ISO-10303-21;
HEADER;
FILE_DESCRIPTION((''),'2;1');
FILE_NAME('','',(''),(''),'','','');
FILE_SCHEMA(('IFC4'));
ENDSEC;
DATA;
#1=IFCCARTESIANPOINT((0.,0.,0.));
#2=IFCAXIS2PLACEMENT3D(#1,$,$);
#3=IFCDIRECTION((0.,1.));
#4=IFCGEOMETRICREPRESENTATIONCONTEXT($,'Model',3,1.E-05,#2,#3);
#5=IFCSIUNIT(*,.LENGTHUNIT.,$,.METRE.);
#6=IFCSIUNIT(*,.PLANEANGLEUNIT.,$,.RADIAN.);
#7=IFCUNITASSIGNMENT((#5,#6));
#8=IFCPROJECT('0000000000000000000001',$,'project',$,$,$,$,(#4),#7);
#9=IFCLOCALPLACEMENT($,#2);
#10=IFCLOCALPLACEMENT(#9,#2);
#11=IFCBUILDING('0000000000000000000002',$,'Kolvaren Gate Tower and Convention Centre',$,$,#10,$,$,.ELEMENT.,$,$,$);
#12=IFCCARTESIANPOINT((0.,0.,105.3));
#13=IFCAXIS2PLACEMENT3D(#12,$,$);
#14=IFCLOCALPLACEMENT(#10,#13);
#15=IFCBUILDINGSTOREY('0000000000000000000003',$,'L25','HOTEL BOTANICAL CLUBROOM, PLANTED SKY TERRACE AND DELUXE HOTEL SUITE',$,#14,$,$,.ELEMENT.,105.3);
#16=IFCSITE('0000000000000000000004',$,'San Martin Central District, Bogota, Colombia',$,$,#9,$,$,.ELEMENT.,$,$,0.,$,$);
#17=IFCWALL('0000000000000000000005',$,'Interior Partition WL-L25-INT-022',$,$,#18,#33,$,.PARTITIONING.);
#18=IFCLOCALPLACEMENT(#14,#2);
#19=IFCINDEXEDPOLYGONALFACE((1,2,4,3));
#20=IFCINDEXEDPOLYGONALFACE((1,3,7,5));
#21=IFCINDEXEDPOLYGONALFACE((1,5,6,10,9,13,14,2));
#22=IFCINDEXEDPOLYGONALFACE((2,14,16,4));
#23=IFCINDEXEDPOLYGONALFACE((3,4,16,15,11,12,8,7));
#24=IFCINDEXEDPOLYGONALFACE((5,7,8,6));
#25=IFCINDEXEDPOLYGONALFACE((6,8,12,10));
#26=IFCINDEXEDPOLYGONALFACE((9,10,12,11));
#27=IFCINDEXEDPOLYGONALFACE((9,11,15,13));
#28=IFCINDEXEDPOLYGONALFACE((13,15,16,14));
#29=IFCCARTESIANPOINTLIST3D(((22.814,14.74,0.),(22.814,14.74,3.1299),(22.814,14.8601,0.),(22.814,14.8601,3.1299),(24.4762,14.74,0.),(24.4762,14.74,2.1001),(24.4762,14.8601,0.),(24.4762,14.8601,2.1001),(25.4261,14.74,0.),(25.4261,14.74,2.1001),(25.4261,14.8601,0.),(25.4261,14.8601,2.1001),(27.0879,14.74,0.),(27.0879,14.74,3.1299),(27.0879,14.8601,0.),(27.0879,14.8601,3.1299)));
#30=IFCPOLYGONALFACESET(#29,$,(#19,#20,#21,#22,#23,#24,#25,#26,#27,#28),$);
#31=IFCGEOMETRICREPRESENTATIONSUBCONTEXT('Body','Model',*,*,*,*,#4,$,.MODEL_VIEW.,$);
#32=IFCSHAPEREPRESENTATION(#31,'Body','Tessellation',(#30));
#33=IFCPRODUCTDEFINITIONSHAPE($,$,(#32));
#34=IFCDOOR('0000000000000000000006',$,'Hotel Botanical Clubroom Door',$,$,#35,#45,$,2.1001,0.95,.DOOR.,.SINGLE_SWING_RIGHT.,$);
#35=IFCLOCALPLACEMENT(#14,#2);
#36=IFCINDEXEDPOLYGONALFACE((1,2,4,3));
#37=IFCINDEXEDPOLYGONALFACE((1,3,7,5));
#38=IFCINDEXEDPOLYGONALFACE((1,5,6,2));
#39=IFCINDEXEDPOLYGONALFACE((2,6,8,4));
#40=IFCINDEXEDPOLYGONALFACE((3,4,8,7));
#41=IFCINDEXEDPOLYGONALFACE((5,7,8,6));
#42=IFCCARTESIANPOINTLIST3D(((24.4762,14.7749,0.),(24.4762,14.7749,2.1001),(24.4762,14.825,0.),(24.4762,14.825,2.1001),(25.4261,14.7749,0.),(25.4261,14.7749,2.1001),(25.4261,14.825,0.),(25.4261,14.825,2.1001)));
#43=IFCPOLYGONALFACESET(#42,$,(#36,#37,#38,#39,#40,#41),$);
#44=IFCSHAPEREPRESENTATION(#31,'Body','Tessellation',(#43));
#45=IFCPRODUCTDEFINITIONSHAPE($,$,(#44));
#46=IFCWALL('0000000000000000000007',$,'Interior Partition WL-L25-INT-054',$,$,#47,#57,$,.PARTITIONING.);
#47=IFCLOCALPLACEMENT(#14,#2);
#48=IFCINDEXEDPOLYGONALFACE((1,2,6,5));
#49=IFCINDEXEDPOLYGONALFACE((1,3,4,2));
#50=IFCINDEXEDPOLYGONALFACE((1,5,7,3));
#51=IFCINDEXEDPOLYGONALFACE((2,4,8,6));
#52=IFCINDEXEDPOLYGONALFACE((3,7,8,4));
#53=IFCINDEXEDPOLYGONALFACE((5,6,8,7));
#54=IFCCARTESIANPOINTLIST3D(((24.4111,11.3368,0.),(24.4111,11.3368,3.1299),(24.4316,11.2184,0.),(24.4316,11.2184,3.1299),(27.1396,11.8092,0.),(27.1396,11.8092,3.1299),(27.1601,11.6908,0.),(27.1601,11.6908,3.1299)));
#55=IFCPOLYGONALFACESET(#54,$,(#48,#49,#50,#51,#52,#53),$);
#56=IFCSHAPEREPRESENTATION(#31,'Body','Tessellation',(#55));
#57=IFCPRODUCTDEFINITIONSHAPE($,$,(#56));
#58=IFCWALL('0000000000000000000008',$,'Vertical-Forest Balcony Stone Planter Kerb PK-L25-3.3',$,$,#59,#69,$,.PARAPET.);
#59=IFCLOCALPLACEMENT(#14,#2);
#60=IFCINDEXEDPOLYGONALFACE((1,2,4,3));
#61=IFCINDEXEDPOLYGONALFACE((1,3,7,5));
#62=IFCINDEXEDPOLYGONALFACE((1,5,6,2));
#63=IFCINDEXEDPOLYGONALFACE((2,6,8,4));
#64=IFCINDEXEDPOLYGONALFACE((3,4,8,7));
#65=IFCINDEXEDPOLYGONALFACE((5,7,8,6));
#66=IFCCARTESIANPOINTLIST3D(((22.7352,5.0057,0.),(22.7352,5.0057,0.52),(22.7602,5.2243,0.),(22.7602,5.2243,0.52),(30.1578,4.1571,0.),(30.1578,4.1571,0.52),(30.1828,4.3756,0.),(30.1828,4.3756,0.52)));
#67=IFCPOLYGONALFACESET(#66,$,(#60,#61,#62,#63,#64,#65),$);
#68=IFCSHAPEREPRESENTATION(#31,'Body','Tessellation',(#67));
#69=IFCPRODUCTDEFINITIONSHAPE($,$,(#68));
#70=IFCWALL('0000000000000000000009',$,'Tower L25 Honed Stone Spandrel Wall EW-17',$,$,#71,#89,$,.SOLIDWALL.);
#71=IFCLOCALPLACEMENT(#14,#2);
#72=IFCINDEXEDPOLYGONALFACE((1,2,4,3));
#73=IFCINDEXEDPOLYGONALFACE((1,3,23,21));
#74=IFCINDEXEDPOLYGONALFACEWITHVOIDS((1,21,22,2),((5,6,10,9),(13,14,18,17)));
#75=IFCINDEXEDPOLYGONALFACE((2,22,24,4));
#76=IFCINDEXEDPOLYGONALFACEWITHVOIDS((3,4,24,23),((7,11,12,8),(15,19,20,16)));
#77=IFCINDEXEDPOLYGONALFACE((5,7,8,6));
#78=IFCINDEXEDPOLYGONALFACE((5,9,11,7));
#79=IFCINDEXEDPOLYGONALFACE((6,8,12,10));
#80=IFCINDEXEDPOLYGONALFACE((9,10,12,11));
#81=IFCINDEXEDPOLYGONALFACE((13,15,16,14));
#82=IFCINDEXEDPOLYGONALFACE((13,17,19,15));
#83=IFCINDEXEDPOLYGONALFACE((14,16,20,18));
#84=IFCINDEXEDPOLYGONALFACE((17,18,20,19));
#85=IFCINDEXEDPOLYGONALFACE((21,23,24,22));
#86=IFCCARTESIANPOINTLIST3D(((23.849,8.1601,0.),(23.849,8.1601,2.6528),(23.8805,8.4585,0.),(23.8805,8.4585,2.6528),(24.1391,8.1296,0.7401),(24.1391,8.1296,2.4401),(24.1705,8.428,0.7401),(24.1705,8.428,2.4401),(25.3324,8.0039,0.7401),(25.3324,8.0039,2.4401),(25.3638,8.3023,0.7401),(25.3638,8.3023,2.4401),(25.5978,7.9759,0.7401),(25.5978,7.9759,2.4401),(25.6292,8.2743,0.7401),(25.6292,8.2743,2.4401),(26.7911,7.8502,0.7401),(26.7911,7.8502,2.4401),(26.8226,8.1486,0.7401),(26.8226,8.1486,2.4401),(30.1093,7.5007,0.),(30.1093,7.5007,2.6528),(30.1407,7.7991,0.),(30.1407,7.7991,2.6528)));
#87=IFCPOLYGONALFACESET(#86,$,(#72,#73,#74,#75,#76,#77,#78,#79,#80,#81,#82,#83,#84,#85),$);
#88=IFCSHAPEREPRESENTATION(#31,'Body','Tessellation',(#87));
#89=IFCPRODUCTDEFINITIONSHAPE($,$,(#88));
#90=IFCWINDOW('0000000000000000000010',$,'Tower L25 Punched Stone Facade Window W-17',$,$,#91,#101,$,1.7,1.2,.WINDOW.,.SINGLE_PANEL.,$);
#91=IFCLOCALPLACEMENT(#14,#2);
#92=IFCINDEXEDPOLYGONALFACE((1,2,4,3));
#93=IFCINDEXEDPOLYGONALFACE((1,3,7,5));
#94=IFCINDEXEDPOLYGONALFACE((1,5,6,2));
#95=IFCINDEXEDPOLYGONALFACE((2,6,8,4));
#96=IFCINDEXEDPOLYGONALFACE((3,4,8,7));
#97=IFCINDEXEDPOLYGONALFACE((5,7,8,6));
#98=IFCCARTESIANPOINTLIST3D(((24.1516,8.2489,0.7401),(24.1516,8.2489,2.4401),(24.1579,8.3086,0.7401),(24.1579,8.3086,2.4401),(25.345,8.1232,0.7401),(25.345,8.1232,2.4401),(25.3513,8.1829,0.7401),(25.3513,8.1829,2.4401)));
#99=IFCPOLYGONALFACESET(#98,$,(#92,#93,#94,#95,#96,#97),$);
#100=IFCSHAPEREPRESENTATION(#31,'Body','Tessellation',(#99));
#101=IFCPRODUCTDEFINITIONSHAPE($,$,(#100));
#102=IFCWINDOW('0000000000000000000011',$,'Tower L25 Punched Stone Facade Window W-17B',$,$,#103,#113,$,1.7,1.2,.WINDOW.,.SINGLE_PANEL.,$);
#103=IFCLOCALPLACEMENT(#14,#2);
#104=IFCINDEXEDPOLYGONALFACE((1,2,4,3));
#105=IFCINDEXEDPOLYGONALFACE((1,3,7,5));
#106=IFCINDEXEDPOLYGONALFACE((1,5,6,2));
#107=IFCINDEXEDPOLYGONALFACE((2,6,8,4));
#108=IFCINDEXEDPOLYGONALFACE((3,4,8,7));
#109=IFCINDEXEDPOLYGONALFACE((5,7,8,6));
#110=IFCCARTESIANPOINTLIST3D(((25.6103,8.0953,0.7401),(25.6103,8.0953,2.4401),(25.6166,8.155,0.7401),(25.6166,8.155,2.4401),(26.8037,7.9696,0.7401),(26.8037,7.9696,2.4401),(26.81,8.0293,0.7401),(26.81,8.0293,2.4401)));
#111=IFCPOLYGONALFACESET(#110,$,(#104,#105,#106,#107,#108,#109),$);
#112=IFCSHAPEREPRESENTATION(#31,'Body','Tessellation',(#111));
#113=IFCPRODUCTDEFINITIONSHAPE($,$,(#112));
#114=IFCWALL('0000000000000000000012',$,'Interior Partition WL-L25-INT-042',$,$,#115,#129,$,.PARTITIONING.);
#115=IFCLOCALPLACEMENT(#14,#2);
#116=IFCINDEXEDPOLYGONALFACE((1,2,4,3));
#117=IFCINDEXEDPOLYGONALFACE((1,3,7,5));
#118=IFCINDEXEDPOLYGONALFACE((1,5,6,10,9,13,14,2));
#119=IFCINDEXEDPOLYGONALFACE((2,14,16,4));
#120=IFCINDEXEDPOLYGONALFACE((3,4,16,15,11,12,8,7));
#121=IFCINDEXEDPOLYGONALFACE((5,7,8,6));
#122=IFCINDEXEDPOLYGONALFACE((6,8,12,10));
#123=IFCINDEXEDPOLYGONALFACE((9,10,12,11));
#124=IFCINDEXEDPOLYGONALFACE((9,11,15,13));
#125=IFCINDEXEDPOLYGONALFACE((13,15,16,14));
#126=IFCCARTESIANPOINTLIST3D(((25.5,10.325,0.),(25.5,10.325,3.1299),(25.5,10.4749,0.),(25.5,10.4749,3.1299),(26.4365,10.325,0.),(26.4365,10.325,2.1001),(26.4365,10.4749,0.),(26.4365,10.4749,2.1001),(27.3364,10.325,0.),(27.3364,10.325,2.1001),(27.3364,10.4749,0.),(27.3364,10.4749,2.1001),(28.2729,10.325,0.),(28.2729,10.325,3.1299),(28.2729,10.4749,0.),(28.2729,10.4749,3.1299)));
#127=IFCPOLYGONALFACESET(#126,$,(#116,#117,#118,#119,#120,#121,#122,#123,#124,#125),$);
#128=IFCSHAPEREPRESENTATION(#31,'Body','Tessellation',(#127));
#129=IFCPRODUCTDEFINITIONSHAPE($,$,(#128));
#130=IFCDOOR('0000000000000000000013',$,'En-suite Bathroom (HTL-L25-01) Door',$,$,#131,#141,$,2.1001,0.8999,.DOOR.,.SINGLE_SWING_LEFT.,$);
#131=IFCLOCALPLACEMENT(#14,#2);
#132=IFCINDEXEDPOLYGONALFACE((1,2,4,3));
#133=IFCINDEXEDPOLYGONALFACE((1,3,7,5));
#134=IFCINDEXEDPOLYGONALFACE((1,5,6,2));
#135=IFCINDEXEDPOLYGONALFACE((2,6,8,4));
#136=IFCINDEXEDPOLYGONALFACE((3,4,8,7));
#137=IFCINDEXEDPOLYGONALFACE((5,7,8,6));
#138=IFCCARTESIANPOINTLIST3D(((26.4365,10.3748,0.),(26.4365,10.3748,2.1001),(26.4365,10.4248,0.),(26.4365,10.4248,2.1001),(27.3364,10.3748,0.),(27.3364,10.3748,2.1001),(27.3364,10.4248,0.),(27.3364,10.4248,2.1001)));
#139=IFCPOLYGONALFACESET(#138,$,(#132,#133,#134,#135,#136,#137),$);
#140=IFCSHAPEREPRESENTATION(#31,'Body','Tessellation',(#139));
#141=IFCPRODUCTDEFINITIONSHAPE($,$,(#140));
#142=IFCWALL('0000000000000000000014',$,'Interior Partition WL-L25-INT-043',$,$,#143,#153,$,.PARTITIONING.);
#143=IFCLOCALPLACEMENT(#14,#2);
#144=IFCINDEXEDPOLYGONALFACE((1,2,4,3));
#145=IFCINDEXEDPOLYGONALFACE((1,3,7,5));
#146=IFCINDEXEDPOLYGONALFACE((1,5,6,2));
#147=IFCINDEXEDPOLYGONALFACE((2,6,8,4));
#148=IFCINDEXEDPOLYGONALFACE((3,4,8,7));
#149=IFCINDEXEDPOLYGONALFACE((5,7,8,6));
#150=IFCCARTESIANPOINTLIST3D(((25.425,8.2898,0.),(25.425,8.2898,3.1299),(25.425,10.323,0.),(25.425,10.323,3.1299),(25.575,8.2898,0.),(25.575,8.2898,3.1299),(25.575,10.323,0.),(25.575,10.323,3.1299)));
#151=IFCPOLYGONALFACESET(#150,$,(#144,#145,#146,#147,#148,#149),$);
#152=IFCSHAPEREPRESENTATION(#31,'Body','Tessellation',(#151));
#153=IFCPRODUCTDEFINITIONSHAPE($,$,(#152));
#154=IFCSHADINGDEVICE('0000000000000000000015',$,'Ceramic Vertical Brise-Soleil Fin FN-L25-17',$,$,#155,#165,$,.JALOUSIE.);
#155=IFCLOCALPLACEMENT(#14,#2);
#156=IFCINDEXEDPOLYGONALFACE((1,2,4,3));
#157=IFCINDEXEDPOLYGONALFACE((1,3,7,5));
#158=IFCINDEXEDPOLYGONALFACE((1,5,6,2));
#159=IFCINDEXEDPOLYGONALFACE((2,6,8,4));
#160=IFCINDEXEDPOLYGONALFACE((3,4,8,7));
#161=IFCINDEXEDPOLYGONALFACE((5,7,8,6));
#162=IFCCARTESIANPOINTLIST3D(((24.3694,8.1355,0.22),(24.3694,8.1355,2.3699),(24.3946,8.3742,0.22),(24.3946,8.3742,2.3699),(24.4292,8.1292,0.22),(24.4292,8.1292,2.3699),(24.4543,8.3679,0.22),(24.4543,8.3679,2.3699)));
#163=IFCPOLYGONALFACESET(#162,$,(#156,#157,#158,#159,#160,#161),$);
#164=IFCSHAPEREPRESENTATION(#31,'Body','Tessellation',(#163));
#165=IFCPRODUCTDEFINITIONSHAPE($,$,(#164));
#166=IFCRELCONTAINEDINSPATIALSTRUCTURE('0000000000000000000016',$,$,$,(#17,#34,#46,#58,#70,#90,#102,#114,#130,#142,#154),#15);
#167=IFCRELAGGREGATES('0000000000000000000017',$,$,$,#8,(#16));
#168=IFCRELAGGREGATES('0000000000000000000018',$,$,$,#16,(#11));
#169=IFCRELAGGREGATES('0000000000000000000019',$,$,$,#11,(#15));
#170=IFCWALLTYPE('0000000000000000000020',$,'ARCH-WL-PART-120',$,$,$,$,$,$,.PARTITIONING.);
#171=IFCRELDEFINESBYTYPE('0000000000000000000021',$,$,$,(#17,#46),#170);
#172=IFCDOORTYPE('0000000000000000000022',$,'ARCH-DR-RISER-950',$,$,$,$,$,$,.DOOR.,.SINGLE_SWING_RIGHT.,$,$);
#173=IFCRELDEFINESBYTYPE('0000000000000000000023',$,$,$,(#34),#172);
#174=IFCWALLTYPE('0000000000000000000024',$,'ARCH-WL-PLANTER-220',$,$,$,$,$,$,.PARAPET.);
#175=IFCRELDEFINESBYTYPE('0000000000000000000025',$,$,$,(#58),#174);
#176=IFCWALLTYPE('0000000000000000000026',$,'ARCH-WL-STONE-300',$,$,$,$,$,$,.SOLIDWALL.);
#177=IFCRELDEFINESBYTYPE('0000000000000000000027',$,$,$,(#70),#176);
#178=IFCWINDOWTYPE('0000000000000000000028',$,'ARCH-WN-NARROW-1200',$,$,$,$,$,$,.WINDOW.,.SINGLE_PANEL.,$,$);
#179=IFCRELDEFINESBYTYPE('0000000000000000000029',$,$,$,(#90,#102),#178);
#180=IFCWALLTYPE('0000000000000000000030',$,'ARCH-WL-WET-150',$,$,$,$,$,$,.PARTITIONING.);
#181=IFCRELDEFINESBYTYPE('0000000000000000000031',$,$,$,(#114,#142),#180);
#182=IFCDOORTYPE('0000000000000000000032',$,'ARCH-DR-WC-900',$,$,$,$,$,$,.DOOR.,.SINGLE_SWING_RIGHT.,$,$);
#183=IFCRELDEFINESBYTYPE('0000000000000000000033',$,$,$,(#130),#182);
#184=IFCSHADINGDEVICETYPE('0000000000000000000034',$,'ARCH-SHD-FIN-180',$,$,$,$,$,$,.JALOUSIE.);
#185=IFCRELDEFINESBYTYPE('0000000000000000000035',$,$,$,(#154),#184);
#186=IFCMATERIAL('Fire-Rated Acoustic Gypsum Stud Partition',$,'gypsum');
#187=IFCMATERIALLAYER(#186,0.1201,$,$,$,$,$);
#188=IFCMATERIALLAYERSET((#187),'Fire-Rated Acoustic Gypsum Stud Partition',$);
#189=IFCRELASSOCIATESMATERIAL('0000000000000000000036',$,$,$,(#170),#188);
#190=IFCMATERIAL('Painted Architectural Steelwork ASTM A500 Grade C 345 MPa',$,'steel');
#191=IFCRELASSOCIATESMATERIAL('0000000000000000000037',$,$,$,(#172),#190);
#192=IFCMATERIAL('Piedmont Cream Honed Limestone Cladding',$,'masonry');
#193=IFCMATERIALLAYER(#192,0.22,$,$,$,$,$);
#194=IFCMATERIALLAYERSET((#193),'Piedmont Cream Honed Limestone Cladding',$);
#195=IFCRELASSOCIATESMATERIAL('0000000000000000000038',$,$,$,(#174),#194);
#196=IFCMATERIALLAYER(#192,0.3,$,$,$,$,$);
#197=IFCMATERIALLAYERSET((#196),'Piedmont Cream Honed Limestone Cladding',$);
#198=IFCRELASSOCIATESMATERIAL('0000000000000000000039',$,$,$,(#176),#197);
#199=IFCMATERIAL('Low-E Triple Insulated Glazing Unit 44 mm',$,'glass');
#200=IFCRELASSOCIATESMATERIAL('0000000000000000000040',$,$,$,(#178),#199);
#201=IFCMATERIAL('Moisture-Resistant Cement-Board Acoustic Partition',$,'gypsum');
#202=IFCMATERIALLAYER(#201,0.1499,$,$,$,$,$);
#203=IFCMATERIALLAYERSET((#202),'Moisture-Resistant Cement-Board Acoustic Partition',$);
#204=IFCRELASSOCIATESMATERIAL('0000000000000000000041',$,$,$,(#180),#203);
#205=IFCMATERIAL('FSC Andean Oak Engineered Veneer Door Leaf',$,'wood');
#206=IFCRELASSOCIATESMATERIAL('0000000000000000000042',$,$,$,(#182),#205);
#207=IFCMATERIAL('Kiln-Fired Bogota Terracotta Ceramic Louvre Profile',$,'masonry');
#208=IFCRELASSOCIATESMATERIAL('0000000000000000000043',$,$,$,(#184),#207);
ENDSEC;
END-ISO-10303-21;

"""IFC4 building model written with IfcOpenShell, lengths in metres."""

from ifc_helpers import new_model, si_unit, direction, frame, frame_2d, origin, origin_2d, place, context, subcontext, project, spatial, rectangle, extrude, material, layer, layer_set, type_object, element, fill, save


model = new_model("IFC4")

# Units and contexts
model_context = context("Model", 3, precision=1e-05, world=origin(), true_north=direction((0.0, 1.0)))
body_context = subcontext(model_context, "Body", "Model", "MODEL_VIEW")
ifc_project = project(units=[si_unit("LENGTHUNIT", "METRE"), si_unit("PLANEANGLEUNIT", "RADIAN")], contexts=[model_context])

# Site, building, storey
site_placement = place(None, origin())
site = spatial("IfcSite", under=ifc_project, at=site_placement, Name="San Martin Central District, Bogota, Colombia", CompositionType="ELEMENT", RefElevation=0.0)
building_placement = place(site_placement, origin())
building = spatial("IfcBuilding", under=site, at=building_placement, Name="Kolvaren Gate Tower and Convention Centre", CompositionType="ELEMENT")
storey_placement = place(building_placement, frame((0.0, 0.0, 105.3)))
storey = spatial("IfcBuildingStorey", under=building, at=storey_placement, Name="L25", Description="HOTEL BOTANICAL CLUBROOM, PLANTED SKY TERRACE AND DELUXE HOTEL SUITE", CompositionType="ELEMENT", Elevation=105.3)

# Shared definitions
ifc_material_1 = material(Name="Fire-Rated Acoustic Gypsum Stud Partition", Category="gypsum")
ifc_layer_1 = layer(ifc_material_1, 0.1201)
ifc_layer_set_1 = layer_set([ifc_layer_1], Name="Fire-Rated Acoustic Gypsum Stud Partition")
wall_type_1 = type_object("IfcWallType", Name="ARCH-WL-PART-120", PredefinedType="PARTITIONING", material=ifc_layer_set_1)

# Shared definitions
ifc_material_2 = material(Name="Painted Architectural Steelwork ASTM A500 Grade C 345 MPa", Category="steel")
door_type_1 = type_object("IfcDoorType", Name="ARCH-DR-RISER-950", OperationType="SINGLE_SWING_RIGHT", PredefinedType="DOOR", material=ifc_material_2)

# Wall, opening, door
wall_1_placement = place(storey_placement, frame((22.814, 14.8, 0.0), z_axis=(0.0, 0.0, 1.0), x_axis=(1.0, 0.0, 0.0)))
wall_1 = element("IfcWall", 1, at=wall_1_placement, inside=storey, type_object=wall_type_1, Name="Interior Partition WL-L25-INT-022", PredefinedType="PARTITIONING", context=body_context, shape_type="SweptSolid", body=[
    extrude(rectangle(XDim=4.2739, YDim=0.1201, at=frame_2d((2.137, 0.0))), origin(), (0.0, 0.0, 1.0), 3.1299),
])
opening_1_placement = place(wall_1_placement, frame((1.6621, 0.0, 0.0)))
opening_1 = element("IfcOpeningElement", 2, at=opening_1_placement, cuts=wall_1, PredefinedType="OPENING", context=body_context, shape_type="SweptSolid", body=[
    extrude(rectangle(XDim=0.95, YDim=2.1001, at=frame_2d((0.4751, 1.05))), frame((0.0, 0.0701, 0.0), z_axis=(0.0, -1.0, 0.0), x_axis=(1.0, 0.0, 0.0)), (0.0, 0.0, 1.0), 0.1401),
])
door_1_placement = place(opening_1_placement, origin())
door_1 = element("IfcDoor", 3, at=door_1_placement, inside=storey, type_object=door_type_1, Name="Hotel Botanical Clubroom Door", OperationType="SINGLE_SWING_RIGHT", OverallHeight=2.1001, OverallWidth=0.95, PredefinedType="DOOR", context=body_context, shape_type="SweptSolid", body=[
    extrude(rectangle(XDim=0.95, YDim=2.1001, at=frame_2d((0.4751, 1.05))), frame((0.0, 0.0249, 0.0), z_axis=(0.0, -1.0, 0.0), x_axis=(1.0, 0.0, 0.0)), (0.0, 0.0, 1.0), 0.05),
])
fill(opening_1, door_1)

# Walls
wall_2_placement = place(storey_placement, frame((24.4214, 11.2776, 0.0), z_axis=(0.0, 0.0, 1.0), x_axis=(0.98534, 0.170601, 0.0)))
element("IfcWall", 4, at=wall_2_placement, inside=storey, type_object=wall_type_1, Name="Interior Partition WL-L25-INT-054", PredefinedType="PARTITIONING", context=body_context, shape_type="SweptSolid", body=[
    extrude(rectangle(XDim=2.769, YDim=0.1201, at=frame_2d((1.3845, 0.0))), origin(), (0.0, 0.0, 1.0), 3.1299),
])
ifc_material_3 = material(Name="Piedmont Cream Honed Limestone Cladding", Category="masonry")
ifc_layer_2 = layer(ifc_material_3, 0.22)
ifc_layer_set_2 = layer_set([ifc_layer_2], Name="Piedmont Cream Honed Limestone Cladding")
wall_type_2 = type_object("IfcWallType", Name="ARCH-WL-PLANTER-220", PredefinedType="PARAPET", material=ifc_layer_set_2)
wall_3_placement = place(storey_placement, frame((22.7478, 5.115, 0.0), z_axis=(0.0, 0.0, 1.0), x_axis=(0.993528, -0.113591, 0.0)))
element("IfcWall", 5, at=wall_3_placement, inside=storey, type_object=wall_type_2, Name="Vertical-Forest Balcony Stone Planter Kerb PK-L25-3.3", PredefinedType="PARAPET", context=body_context, shape_type="SweptSolid", body=[
    extrude(rectangle(XDim=7.4709, YDim=0.22, at=frame_2d((3.7354, 0.0))), origin(), (0.0, 0.0, 1.0), 0.52),
])

# Wall, openings, windows
ifc_layer_3 = layer(ifc_material_3, 0.3)
ifc_layer_set_3 = layer_set([ifc_layer_3], Name="Piedmont Cream Honed Limestone Cladding")
wall_type_3 = type_object("IfcWallType", Name="ARCH-WL-STONE-300", PredefinedType="SOLIDWALL", material=ifc_layer_set_3)
wall_4_placement = place(storey_placement, frame((23.8647, 8.3093, 0.0), z_axis=(0.0, 0.0, 1.0), x_axis=(0.994498, -0.104755, 0.0)))
wall_4 = element("IfcWall", 6, at=wall_4_placement, inside=storey, type_object=wall_type_3, Name="Tower L25 Honed Stone Spandrel Wall EW-17", PredefinedType="SOLIDWALL", context=body_context, shape_type="SweptSolid", body=[
    extrude(rectangle(XDim=6.2949, YDim=0.3, at=frame_2d((3.1475, 0.0))), origin(), (0.0, 0.0, 1.0), 2.6528),
])
opening_2_placement = place(wall_4_placement, frame((0.2915, 0.0, 0.74)))
opening_2 = element("IfcOpeningElement", 7, at=opening_2_placement, cuts=wall_4, PredefinedType="OPENING", context=body_context, shape_type="SweptSolid", body=[
    extrude(rectangle(XDim=1.2, YDim=1.7, at=frame_2d((0.6001, 0.8501))), frame((0.0, 0.1599, 0.0), z_axis=(0.0, -1.0, 0.0), x_axis=(1.0, 0.0, 0.0)), (0.0, 0.0, 1.0), 0.3201),
])
opening_3_placement = place(wall_4_placement, frame((1.7583, 0.0, 0.74)))
opening_3 = element("IfcOpeningElement", 8, at=opening_3_placement, cuts=wall_4, PredefinedType="OPENING", context=body_context, shape_type="SweptSolid", body=[
    extrude(rectangle(XDim=1.2, YDim=1.7, at=frame_2d((0.6001, 0.8501))), frame((0.0, 0.1599, 0.0), z_axis=(0.0, -1.0, 0.0), x_axis=(1.0, 0.0, 0.0)), (0.0, 0.0, 1.0), 0.3201),
])
ifc_material_4 = material(Name="Low-E Triple Insulated Glazing Unit 44 mm", Category="glass")
window_type = type_object("IfcWindowType", Name="ARCH-WN-NARROW-1200", PartitioningType="SINGLE_PANEL", PredefinedType="WINDOW", material=ifc_material_4)
window_1_placement = place(opening_2_placement, origin())
window_1 = element("IfcWindow", 9, at=window_1_placement, inside=storey, type_object=window_type, Name="Tower L25 Punched Stone Facade Window W-17", OverallHeight=1.7, OverallWidth=1.2, PartitioningType="SINGLE_PANEL", PredefinedType="WINDOW", context=body_context, shape_type="SweptSolid", body=[
    extrude(rectangle(XDim=1.2, YDim=1.7, at=frame_2d((0.6001, 0.8501))), frame((0.0, 0.03, 0.0), z_axis=(0.0, -1.0, 0.0), x_axis=(1.0, 0.0, 0.0)), (0.0, 0.0, 1.0), 0.0601),
])
fill(opening_2, window_1)
window_2_placement = place(opening_3_placement, origin())
window_2 = element("IfcWindow", 10, at=window_2_placement, inside=storey, type_object=window_type, Name="Tower L25 Punched Stone Facade Window W-17B", OverallHeight=1.7, OverallWidth=1.2, PartitioningType="SINGLE_PANEL", PredefinedType="WINDOW", context=body_context, shape_type="SweptSolid", body=[
    extrude(rectangle(XDim=1.2, YDim=1.7, at=frame_2d((0.6001, 0.8501))), frame((0.0, 0.03, 0.0), z_axis=(0.0, -1.0, 0.0), x_axis=(1.0, 0.0, 0.0)), (0.0, 0.0, 1.0), 0.0601),
])
fill(opening_3, window_2)

# Wall, opening, door
ifc_material_5 = material(Name="Moisture-Resistant Cement-Board Acoustic Partition", Category="gypsum")
ifc_layer_4 = layer(ifc_material_5, 0.1499)
ifc_layer_set_4 = layer_set([ifc_layer_4], Name="Moisture-Resistant Cement-Board Acoustic Partition")
wall_type_4 = type_object("IfcWallType", Name="ARCH-WL-WET-150", PredefinedType="PARTITIONING", material=ifc_layer_set_4)
wall_5_placement = place(storey_placement, frame((25.5, 10.3999, 0.0), z_axis=(0.0, 0.0, 1.0), x_axis=(1.0, 0.0, 0.0)))
wall_5 = element("IfcWall", 11, at=wall_5_placement, inside=storey, type_object=wall_type_4, Name="Interior Partition WL-L25-INT-042", PredefinedType="PARTITIONING", context=body_context, shape_type="SweptSolid", body=[
    extrude(rectangle(XDim=2.7729, YDim=0.1499, at=frame_2d((1.3865, 0.0))), origin(), (0.0, 0.0, 1.0), 3.1299),
])
opening_4_placement = place(wall_5_placement, frame((0.9365, 0.0, 0.0)))
opening_4 = element("IfcOpeningElement", 12, at=opening_4_placement, cuts=wall_5, PredefinedType="OPENING", context=body_context, shape_type="SweptSolid", body=[
    extrude(rectangle(XDim=0.8999, YDim=2.1001, at=frame_2d((0.45, 1.05))), frame((0.0, 0.085, 0.0), z_axis=(0.0, -1.0, 0.0), x_axis=(1.0, 0.0, 0.0)), (0.0, 0.0, 1.0), 0.1699),
])
ifc_material_6 = material(Name="FSC Andean Oak Engineered Veneer Door Leaf", Category="wood")
door_type_2 = type_object("IfcDoorType", Name="ARCH-DR-WC-900", OperationType="SINGLE_SWING_RIGHT", PredefinedType="DOOR", material=ifc_material_6)
door_2_placement = place(opening_4_placement, origin())
door_2 = element("IfcDoor", 13, at=door_2_placement, inside=storey, type_object=door_type_2, Name="En-suite Bathroom (HTL-L25-01) Door", OperationType="SINGLE_SWING_LEFT", OverallHeight=2.1001, OverallWidth=0.8999, PredefinedType="DOOR", context=body_context, shape_type="SweptSolid", body=[
    extrude(rectangle(XDim=0.8999, YDim=2.1001, at=frame_2d((0.45, 1.05))), frame((0.0, 0.0249, 0.0), z_axis=(0.0, -1.0, 0.0), x_axis=(1.0, 0.0, 0.0)), (0.0, 0.0, 1.0), 0.05),
])
fill(opening_4, door_2)

# Wall
wall_6_placement = place(storey_placement, frame((25.5, 8.2898, 0.0), z_axis=(0.0, 0.0, 1.0), x_axis=(0.0, 1.0, 0.0)))
element("IfcWall", 14, at=wall_6_placement, inside=storey, type_object=wall_type_4, Name="Interior Partition WL-L25-INT-043", PredefinedType="PARTITIONING", context=body_context, shape_type="SweptSolid", body=[
    extrude(rectangle(XDim=2.0332, YDim=0.1499, at=frame_2d((1.0166, 0.0))), origin(), (0.0, 0.0, 1.0), 3.1299),
])

# Shading device
ifc_material_7 = material(Name="Kiln-Fired Bogota Terracotta Ceramic Louvre Profile", Category="masonry")
shading_device_type = type_object("IfcShadingDeviceType", Name="ARCH-SHD-FIN-180", PredefinedType="JALOUSIE", material=ifc_material_7)
shading_device_placement = place(storey_placement, frame((24.4119, 8.2517, 0.22), z_axis=(0.0, 0.0, 1.0), x_axis=(0.9945, -0.104737, 0.0)))
element("IfcShadingDevice", 15, at=shading_device_placement, inside=storey, type_object=shading_device_type, Name="Ceramic Vertical Brise-Soleil Fin FN-L25-17", PredefinedType="JALOUSIE", context=body_context, shape_type="SweptSolid", body=[
    extrude(rectangle(XDim=0.0601, YDim=0.24, at=origin_2d()), origin(), (0.0, 0.0, 1.0), 2.1499),
])

save(model, "model.ifc")
